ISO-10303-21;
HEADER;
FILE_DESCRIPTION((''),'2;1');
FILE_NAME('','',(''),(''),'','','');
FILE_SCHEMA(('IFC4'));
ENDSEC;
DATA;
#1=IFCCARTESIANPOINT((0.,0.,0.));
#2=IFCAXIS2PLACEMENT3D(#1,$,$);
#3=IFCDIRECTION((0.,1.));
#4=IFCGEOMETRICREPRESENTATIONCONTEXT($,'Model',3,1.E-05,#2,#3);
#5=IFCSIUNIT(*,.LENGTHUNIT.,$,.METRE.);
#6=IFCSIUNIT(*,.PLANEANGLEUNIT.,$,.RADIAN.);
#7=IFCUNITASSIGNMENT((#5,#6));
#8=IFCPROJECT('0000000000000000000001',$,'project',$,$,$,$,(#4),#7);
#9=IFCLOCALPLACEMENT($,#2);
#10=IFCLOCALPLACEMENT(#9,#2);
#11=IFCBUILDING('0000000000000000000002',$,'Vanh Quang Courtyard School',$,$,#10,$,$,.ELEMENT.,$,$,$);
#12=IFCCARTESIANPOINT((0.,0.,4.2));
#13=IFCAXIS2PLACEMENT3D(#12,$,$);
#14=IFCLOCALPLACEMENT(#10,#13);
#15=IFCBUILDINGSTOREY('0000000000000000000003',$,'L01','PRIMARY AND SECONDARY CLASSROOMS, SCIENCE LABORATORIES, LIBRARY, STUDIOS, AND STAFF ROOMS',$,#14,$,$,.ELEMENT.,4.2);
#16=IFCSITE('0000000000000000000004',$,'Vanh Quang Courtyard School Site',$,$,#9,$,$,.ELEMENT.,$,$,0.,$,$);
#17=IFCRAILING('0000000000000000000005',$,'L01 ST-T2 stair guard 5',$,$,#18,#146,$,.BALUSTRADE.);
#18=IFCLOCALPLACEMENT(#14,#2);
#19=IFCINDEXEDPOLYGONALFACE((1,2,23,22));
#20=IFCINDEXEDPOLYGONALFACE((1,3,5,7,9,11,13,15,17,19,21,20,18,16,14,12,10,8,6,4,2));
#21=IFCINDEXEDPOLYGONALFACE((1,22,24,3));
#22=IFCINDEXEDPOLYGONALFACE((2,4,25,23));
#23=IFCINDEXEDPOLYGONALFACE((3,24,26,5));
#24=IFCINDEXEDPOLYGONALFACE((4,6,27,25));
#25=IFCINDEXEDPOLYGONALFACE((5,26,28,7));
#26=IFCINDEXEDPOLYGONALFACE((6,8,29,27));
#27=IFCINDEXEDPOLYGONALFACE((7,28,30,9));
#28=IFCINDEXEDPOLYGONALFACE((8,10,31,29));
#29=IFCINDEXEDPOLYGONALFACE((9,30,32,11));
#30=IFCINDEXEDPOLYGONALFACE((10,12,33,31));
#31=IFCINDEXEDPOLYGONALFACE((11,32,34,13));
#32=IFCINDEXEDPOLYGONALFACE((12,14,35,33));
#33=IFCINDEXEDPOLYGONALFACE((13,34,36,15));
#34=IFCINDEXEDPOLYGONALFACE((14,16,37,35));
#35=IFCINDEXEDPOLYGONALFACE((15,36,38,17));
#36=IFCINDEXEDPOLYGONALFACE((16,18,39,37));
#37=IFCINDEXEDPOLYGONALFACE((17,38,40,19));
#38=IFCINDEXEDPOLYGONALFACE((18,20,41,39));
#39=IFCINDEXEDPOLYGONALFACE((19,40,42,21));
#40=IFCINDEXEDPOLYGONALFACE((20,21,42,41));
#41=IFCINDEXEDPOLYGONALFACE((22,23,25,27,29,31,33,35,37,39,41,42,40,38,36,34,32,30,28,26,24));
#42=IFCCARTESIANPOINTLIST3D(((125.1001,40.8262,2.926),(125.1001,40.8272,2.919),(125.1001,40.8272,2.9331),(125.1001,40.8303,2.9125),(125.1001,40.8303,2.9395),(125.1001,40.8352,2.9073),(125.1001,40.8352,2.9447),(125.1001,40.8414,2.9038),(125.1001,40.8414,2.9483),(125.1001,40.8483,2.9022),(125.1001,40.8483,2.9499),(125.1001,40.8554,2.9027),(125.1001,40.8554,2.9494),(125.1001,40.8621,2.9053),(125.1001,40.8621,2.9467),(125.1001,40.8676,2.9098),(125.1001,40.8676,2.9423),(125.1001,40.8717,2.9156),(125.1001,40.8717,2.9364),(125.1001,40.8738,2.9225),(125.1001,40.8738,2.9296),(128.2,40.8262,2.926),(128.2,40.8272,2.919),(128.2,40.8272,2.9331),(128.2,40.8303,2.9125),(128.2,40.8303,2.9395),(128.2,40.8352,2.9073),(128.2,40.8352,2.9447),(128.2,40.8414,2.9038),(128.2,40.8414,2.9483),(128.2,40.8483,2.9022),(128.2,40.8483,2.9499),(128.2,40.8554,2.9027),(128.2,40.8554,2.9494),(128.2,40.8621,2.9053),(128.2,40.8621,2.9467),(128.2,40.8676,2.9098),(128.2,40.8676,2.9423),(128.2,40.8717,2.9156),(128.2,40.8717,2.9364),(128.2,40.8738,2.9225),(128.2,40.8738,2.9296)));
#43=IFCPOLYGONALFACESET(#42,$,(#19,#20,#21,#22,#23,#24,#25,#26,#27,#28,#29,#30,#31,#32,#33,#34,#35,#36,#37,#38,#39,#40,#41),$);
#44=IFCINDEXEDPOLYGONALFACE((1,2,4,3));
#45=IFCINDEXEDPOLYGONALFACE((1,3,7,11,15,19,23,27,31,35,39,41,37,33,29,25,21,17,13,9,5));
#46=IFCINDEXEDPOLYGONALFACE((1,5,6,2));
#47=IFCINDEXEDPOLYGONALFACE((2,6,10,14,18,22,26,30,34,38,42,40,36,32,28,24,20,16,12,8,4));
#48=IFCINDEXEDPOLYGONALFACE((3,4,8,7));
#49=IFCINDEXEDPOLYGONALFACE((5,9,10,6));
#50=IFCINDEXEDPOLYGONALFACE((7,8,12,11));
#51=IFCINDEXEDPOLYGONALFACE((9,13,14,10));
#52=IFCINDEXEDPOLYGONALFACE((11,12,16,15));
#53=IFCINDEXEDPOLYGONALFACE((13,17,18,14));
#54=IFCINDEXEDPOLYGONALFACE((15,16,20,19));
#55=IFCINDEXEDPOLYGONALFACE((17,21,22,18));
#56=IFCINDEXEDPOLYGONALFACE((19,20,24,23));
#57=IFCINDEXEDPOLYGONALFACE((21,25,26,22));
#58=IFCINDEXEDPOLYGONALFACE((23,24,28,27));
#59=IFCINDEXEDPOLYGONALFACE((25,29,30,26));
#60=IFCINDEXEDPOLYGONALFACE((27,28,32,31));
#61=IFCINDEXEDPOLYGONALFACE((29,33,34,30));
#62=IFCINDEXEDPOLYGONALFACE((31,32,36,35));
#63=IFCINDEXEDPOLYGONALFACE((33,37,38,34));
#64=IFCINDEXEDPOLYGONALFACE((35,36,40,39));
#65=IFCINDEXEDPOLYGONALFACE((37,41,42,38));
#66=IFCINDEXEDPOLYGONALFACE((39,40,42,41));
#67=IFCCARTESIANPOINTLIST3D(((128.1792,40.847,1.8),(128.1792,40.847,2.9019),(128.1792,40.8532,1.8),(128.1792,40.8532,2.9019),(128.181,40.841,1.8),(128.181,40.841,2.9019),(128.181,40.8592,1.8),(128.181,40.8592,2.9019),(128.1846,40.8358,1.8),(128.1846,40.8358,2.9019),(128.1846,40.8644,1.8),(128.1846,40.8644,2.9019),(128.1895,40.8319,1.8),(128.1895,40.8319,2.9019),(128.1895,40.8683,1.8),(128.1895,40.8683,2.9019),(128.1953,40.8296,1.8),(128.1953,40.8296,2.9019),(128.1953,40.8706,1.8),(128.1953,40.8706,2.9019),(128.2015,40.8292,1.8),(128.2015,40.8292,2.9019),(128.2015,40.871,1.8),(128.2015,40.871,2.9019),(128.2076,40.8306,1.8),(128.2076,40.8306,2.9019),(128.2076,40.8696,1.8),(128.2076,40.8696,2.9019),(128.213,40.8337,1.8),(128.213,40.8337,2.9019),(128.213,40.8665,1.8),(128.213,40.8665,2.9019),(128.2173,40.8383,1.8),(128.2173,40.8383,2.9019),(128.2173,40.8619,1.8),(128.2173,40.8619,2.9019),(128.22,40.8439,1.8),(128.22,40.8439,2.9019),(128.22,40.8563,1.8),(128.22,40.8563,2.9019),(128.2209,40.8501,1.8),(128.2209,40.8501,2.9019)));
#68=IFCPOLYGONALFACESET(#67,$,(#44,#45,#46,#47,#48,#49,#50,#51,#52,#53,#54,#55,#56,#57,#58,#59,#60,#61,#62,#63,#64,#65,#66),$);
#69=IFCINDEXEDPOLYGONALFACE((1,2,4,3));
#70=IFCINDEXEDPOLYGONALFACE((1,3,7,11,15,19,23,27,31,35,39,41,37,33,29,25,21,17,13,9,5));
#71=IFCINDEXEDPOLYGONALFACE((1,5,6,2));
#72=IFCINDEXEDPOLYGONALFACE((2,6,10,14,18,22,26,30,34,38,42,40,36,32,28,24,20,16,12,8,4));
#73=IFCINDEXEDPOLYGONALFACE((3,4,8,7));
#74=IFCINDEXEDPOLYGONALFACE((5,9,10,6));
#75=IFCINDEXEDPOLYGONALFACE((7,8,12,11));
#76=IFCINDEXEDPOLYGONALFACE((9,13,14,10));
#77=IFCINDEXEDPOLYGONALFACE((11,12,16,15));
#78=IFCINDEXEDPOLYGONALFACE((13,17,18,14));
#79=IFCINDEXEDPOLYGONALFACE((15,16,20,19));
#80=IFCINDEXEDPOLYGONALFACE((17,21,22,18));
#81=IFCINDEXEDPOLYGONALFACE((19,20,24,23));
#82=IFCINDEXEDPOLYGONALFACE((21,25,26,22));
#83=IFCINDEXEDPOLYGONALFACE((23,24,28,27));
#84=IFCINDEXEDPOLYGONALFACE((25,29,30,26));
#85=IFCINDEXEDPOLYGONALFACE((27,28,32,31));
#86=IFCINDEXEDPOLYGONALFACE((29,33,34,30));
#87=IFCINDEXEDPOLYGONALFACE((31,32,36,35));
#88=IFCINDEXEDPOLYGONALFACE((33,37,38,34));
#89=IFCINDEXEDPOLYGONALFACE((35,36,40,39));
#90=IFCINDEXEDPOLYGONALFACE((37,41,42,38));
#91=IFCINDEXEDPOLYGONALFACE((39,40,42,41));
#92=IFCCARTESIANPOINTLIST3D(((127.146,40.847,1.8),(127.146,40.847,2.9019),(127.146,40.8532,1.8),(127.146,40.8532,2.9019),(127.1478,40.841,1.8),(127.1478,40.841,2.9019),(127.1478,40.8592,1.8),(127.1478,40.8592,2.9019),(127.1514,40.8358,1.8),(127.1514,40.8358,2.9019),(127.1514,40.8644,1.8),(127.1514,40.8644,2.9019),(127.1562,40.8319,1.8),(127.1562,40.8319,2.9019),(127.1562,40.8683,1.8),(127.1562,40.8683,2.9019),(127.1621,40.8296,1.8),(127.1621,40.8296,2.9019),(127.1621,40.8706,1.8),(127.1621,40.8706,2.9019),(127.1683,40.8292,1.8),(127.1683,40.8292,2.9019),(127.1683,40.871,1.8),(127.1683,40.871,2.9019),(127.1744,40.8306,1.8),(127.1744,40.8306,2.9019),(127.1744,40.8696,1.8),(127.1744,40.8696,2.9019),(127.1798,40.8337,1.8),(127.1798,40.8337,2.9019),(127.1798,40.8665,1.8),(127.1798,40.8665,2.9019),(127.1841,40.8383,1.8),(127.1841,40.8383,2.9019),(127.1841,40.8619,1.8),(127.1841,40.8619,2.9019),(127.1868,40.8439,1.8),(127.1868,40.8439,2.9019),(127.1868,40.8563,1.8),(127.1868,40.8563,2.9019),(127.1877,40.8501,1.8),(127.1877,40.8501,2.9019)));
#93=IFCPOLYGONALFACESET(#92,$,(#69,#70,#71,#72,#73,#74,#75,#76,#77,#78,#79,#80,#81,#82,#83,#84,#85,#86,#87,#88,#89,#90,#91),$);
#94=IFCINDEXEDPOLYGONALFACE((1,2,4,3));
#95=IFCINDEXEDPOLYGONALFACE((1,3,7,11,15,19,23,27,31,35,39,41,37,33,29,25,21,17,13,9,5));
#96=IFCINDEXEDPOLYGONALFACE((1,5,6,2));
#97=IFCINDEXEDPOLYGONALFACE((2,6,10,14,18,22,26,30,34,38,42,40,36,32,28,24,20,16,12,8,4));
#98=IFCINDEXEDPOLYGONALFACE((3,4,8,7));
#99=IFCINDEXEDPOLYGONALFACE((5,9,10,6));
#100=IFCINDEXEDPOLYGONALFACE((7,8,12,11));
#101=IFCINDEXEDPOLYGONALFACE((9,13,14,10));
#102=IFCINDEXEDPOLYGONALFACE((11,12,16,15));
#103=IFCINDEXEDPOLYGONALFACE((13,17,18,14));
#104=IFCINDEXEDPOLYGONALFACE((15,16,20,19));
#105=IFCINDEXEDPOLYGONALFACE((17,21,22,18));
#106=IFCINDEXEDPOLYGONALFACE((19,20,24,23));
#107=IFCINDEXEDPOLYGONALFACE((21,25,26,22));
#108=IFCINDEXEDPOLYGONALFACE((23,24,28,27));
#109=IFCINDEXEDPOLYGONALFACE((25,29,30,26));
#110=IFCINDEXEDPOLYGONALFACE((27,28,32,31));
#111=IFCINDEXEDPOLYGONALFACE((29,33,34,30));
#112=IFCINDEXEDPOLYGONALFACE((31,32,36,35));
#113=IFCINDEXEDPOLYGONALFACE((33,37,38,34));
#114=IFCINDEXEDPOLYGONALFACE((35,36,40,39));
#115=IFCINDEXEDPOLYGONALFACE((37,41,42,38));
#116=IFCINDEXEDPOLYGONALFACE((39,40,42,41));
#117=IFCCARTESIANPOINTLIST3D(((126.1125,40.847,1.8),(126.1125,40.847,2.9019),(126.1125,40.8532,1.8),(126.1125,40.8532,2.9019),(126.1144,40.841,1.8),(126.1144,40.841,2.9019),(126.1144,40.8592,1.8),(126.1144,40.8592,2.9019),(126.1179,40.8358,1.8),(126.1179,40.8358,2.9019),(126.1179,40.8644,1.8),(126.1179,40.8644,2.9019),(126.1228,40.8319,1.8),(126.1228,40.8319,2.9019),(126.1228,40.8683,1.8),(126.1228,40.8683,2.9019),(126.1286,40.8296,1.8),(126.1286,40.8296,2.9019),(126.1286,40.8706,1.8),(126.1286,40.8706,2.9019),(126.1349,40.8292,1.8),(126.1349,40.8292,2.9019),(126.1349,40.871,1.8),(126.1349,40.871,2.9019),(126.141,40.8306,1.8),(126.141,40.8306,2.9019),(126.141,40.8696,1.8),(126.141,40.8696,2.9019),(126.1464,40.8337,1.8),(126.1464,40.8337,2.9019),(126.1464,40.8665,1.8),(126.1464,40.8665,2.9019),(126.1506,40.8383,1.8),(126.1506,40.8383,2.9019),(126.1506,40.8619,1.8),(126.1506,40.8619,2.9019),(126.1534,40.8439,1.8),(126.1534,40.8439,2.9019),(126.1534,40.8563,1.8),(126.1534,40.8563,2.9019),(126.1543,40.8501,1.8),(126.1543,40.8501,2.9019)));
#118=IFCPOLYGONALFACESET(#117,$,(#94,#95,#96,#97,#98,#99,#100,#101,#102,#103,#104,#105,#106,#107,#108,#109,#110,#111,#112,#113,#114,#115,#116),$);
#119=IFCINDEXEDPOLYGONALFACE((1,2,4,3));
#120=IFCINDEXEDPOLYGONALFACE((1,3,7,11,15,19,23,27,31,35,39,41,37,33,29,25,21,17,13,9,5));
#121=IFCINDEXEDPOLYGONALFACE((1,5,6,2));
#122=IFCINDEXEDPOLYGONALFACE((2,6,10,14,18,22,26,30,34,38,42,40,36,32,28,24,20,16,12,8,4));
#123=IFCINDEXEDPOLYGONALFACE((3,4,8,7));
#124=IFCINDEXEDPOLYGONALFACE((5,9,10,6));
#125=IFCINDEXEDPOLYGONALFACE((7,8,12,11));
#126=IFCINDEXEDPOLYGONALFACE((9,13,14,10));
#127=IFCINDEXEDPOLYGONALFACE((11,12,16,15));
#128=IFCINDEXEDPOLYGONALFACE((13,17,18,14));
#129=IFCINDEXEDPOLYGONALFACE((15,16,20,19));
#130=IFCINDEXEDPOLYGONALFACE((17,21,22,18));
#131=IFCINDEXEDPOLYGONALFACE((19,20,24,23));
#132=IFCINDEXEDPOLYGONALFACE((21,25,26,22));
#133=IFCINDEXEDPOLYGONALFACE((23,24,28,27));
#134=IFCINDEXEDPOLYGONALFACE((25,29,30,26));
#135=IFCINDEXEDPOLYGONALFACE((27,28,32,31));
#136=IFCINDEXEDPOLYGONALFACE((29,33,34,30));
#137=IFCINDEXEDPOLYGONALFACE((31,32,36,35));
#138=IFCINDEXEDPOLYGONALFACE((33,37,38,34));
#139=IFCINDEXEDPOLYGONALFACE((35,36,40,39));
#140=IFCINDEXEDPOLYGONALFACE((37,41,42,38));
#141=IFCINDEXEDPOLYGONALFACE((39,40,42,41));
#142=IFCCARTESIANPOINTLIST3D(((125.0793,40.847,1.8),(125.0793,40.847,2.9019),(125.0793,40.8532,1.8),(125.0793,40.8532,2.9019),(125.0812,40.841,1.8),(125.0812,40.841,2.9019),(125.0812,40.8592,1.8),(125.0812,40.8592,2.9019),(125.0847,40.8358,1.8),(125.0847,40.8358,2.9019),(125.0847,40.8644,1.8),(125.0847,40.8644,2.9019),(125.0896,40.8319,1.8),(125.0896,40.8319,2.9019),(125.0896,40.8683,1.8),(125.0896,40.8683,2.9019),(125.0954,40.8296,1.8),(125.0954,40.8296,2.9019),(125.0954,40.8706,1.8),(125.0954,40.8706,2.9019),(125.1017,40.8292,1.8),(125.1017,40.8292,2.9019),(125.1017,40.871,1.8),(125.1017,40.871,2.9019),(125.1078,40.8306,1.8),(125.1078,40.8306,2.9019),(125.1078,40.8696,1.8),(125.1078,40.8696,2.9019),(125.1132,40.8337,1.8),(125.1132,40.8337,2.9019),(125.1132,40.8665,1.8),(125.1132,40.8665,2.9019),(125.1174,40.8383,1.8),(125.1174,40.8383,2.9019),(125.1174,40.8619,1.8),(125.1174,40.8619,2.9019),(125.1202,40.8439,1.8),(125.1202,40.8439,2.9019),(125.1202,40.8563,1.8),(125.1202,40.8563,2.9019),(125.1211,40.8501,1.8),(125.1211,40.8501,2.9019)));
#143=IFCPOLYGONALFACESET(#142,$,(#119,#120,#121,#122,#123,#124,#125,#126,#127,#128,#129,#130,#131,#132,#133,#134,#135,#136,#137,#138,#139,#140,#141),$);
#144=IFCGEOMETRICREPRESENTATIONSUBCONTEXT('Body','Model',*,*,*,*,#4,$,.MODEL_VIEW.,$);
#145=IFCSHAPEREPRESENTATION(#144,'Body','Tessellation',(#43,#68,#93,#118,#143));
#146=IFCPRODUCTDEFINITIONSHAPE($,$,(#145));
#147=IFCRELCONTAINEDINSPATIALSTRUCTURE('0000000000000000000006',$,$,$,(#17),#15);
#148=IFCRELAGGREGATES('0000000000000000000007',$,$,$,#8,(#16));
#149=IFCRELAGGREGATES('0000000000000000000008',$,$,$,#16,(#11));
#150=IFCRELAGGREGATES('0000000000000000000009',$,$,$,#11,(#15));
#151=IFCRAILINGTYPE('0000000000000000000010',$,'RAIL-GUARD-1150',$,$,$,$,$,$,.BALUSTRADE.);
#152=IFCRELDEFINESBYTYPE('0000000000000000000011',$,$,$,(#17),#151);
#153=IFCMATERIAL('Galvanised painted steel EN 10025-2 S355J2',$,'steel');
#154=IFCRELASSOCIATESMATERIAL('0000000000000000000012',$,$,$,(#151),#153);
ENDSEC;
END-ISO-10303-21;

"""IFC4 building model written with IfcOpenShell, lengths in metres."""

from ifc_helpers import new_model, si_unit, direction, frame, origin, origin_2d, place, context, subcontext, project, spatial, circle, extrude, material, type_object, element, save


model = new_model("IFC4")

# Units and contexts
model_context = context("Model", 3, precision=1e-05, world=origin(), true_north=direction((0.0, 1.0)))
body_context = subcontext(model_context, "Body", "Model", "MODEL_VIEW")
ifc_project = project(units=[si_unit("LENGTHUNIT", "METRE"), si_unit("PLANEANGLEUNIT", "RADIAN")], contexts=[model_context])

# Site, building, storey
site_placement = place(None, origin())
site = spatial("IfcSite", under=ifc_project, at=site_placement, Name="Vanh Quang Courtyard School Site", CompositionType="ELEMENT", RefElevation=0.0)
building_placement = place(site_placement, origin())
building = spatial("IfcBuilding", under=site, at=building_placement, Name="Vanh Quang Courtyard School", CompositionType="ELEMENT")
storey_placement = place(building_placement, frame((0.0, 0.0, 4.2)))
storey = spatial("IfcBuildingStorey", under=building, at=storey_placement, Name="L01", Description="PRIMARY AND SECONDARY CLASSROOMS, SCIENCE LABORATORIES, LIBRARY, STUDIOS, AND STAFF ROOMS", CompositionType="ELEMENT", Elevation=4.2)

# Railing
ifc_material_1 = material(Name="Galvanised painted steel EN 10025-2 S355J2", Category="steel")
railing_type = type_object("IfcRailingType", Name="RAIL-GUARD-1150", PredefinedType="BALUSTRADE", material=ifc_material_1)
railing_1_placement = place(storey_placement, frame((128.2, 40.8501, 1.8)))
element("IfcRailing", 1, at=railing_1_placement, inside=storey, type_object=railing_type, Name="L01 ST-T2 stair guard 5", PredefinedType="BALUSTRADE", context=body_context, shape_type="SweptSolid", body=[
    extrude(circle(Radius=0.0239, at=origin_2d()), frame((0.0, 0.0, 1.126), z_axis=(-1.0, 0.0, 0.0), x_axis=(0.0, -1.0, 0.0)), (0.0, 0.0, 1.0), 3.0999),
    extrude(circle(Radius=0.021, at=origin_2d()), origin(), (0.0, 0.0, 1.0), 1.1018),
    extrude(circle(Radius=0.021, at=origin_2d()), frame((-1.0332, 0.0, 0.0)), (0.0, 0.0, 1.0), 1.1018),
    extrude(circle(Radius=0.021, at=origin_2d()), frame((-2.0667, 0.0, 0.0)), (0.0, 0.0, 1.0), 1.1018),
    extrude(circle(Radius=0.021, at=origin_2d()), frame((-3.0999, 0.0, 0.0)), (0.0, 0.0, 1.0), 1.1018),
])

save(model, "model.ifc")
